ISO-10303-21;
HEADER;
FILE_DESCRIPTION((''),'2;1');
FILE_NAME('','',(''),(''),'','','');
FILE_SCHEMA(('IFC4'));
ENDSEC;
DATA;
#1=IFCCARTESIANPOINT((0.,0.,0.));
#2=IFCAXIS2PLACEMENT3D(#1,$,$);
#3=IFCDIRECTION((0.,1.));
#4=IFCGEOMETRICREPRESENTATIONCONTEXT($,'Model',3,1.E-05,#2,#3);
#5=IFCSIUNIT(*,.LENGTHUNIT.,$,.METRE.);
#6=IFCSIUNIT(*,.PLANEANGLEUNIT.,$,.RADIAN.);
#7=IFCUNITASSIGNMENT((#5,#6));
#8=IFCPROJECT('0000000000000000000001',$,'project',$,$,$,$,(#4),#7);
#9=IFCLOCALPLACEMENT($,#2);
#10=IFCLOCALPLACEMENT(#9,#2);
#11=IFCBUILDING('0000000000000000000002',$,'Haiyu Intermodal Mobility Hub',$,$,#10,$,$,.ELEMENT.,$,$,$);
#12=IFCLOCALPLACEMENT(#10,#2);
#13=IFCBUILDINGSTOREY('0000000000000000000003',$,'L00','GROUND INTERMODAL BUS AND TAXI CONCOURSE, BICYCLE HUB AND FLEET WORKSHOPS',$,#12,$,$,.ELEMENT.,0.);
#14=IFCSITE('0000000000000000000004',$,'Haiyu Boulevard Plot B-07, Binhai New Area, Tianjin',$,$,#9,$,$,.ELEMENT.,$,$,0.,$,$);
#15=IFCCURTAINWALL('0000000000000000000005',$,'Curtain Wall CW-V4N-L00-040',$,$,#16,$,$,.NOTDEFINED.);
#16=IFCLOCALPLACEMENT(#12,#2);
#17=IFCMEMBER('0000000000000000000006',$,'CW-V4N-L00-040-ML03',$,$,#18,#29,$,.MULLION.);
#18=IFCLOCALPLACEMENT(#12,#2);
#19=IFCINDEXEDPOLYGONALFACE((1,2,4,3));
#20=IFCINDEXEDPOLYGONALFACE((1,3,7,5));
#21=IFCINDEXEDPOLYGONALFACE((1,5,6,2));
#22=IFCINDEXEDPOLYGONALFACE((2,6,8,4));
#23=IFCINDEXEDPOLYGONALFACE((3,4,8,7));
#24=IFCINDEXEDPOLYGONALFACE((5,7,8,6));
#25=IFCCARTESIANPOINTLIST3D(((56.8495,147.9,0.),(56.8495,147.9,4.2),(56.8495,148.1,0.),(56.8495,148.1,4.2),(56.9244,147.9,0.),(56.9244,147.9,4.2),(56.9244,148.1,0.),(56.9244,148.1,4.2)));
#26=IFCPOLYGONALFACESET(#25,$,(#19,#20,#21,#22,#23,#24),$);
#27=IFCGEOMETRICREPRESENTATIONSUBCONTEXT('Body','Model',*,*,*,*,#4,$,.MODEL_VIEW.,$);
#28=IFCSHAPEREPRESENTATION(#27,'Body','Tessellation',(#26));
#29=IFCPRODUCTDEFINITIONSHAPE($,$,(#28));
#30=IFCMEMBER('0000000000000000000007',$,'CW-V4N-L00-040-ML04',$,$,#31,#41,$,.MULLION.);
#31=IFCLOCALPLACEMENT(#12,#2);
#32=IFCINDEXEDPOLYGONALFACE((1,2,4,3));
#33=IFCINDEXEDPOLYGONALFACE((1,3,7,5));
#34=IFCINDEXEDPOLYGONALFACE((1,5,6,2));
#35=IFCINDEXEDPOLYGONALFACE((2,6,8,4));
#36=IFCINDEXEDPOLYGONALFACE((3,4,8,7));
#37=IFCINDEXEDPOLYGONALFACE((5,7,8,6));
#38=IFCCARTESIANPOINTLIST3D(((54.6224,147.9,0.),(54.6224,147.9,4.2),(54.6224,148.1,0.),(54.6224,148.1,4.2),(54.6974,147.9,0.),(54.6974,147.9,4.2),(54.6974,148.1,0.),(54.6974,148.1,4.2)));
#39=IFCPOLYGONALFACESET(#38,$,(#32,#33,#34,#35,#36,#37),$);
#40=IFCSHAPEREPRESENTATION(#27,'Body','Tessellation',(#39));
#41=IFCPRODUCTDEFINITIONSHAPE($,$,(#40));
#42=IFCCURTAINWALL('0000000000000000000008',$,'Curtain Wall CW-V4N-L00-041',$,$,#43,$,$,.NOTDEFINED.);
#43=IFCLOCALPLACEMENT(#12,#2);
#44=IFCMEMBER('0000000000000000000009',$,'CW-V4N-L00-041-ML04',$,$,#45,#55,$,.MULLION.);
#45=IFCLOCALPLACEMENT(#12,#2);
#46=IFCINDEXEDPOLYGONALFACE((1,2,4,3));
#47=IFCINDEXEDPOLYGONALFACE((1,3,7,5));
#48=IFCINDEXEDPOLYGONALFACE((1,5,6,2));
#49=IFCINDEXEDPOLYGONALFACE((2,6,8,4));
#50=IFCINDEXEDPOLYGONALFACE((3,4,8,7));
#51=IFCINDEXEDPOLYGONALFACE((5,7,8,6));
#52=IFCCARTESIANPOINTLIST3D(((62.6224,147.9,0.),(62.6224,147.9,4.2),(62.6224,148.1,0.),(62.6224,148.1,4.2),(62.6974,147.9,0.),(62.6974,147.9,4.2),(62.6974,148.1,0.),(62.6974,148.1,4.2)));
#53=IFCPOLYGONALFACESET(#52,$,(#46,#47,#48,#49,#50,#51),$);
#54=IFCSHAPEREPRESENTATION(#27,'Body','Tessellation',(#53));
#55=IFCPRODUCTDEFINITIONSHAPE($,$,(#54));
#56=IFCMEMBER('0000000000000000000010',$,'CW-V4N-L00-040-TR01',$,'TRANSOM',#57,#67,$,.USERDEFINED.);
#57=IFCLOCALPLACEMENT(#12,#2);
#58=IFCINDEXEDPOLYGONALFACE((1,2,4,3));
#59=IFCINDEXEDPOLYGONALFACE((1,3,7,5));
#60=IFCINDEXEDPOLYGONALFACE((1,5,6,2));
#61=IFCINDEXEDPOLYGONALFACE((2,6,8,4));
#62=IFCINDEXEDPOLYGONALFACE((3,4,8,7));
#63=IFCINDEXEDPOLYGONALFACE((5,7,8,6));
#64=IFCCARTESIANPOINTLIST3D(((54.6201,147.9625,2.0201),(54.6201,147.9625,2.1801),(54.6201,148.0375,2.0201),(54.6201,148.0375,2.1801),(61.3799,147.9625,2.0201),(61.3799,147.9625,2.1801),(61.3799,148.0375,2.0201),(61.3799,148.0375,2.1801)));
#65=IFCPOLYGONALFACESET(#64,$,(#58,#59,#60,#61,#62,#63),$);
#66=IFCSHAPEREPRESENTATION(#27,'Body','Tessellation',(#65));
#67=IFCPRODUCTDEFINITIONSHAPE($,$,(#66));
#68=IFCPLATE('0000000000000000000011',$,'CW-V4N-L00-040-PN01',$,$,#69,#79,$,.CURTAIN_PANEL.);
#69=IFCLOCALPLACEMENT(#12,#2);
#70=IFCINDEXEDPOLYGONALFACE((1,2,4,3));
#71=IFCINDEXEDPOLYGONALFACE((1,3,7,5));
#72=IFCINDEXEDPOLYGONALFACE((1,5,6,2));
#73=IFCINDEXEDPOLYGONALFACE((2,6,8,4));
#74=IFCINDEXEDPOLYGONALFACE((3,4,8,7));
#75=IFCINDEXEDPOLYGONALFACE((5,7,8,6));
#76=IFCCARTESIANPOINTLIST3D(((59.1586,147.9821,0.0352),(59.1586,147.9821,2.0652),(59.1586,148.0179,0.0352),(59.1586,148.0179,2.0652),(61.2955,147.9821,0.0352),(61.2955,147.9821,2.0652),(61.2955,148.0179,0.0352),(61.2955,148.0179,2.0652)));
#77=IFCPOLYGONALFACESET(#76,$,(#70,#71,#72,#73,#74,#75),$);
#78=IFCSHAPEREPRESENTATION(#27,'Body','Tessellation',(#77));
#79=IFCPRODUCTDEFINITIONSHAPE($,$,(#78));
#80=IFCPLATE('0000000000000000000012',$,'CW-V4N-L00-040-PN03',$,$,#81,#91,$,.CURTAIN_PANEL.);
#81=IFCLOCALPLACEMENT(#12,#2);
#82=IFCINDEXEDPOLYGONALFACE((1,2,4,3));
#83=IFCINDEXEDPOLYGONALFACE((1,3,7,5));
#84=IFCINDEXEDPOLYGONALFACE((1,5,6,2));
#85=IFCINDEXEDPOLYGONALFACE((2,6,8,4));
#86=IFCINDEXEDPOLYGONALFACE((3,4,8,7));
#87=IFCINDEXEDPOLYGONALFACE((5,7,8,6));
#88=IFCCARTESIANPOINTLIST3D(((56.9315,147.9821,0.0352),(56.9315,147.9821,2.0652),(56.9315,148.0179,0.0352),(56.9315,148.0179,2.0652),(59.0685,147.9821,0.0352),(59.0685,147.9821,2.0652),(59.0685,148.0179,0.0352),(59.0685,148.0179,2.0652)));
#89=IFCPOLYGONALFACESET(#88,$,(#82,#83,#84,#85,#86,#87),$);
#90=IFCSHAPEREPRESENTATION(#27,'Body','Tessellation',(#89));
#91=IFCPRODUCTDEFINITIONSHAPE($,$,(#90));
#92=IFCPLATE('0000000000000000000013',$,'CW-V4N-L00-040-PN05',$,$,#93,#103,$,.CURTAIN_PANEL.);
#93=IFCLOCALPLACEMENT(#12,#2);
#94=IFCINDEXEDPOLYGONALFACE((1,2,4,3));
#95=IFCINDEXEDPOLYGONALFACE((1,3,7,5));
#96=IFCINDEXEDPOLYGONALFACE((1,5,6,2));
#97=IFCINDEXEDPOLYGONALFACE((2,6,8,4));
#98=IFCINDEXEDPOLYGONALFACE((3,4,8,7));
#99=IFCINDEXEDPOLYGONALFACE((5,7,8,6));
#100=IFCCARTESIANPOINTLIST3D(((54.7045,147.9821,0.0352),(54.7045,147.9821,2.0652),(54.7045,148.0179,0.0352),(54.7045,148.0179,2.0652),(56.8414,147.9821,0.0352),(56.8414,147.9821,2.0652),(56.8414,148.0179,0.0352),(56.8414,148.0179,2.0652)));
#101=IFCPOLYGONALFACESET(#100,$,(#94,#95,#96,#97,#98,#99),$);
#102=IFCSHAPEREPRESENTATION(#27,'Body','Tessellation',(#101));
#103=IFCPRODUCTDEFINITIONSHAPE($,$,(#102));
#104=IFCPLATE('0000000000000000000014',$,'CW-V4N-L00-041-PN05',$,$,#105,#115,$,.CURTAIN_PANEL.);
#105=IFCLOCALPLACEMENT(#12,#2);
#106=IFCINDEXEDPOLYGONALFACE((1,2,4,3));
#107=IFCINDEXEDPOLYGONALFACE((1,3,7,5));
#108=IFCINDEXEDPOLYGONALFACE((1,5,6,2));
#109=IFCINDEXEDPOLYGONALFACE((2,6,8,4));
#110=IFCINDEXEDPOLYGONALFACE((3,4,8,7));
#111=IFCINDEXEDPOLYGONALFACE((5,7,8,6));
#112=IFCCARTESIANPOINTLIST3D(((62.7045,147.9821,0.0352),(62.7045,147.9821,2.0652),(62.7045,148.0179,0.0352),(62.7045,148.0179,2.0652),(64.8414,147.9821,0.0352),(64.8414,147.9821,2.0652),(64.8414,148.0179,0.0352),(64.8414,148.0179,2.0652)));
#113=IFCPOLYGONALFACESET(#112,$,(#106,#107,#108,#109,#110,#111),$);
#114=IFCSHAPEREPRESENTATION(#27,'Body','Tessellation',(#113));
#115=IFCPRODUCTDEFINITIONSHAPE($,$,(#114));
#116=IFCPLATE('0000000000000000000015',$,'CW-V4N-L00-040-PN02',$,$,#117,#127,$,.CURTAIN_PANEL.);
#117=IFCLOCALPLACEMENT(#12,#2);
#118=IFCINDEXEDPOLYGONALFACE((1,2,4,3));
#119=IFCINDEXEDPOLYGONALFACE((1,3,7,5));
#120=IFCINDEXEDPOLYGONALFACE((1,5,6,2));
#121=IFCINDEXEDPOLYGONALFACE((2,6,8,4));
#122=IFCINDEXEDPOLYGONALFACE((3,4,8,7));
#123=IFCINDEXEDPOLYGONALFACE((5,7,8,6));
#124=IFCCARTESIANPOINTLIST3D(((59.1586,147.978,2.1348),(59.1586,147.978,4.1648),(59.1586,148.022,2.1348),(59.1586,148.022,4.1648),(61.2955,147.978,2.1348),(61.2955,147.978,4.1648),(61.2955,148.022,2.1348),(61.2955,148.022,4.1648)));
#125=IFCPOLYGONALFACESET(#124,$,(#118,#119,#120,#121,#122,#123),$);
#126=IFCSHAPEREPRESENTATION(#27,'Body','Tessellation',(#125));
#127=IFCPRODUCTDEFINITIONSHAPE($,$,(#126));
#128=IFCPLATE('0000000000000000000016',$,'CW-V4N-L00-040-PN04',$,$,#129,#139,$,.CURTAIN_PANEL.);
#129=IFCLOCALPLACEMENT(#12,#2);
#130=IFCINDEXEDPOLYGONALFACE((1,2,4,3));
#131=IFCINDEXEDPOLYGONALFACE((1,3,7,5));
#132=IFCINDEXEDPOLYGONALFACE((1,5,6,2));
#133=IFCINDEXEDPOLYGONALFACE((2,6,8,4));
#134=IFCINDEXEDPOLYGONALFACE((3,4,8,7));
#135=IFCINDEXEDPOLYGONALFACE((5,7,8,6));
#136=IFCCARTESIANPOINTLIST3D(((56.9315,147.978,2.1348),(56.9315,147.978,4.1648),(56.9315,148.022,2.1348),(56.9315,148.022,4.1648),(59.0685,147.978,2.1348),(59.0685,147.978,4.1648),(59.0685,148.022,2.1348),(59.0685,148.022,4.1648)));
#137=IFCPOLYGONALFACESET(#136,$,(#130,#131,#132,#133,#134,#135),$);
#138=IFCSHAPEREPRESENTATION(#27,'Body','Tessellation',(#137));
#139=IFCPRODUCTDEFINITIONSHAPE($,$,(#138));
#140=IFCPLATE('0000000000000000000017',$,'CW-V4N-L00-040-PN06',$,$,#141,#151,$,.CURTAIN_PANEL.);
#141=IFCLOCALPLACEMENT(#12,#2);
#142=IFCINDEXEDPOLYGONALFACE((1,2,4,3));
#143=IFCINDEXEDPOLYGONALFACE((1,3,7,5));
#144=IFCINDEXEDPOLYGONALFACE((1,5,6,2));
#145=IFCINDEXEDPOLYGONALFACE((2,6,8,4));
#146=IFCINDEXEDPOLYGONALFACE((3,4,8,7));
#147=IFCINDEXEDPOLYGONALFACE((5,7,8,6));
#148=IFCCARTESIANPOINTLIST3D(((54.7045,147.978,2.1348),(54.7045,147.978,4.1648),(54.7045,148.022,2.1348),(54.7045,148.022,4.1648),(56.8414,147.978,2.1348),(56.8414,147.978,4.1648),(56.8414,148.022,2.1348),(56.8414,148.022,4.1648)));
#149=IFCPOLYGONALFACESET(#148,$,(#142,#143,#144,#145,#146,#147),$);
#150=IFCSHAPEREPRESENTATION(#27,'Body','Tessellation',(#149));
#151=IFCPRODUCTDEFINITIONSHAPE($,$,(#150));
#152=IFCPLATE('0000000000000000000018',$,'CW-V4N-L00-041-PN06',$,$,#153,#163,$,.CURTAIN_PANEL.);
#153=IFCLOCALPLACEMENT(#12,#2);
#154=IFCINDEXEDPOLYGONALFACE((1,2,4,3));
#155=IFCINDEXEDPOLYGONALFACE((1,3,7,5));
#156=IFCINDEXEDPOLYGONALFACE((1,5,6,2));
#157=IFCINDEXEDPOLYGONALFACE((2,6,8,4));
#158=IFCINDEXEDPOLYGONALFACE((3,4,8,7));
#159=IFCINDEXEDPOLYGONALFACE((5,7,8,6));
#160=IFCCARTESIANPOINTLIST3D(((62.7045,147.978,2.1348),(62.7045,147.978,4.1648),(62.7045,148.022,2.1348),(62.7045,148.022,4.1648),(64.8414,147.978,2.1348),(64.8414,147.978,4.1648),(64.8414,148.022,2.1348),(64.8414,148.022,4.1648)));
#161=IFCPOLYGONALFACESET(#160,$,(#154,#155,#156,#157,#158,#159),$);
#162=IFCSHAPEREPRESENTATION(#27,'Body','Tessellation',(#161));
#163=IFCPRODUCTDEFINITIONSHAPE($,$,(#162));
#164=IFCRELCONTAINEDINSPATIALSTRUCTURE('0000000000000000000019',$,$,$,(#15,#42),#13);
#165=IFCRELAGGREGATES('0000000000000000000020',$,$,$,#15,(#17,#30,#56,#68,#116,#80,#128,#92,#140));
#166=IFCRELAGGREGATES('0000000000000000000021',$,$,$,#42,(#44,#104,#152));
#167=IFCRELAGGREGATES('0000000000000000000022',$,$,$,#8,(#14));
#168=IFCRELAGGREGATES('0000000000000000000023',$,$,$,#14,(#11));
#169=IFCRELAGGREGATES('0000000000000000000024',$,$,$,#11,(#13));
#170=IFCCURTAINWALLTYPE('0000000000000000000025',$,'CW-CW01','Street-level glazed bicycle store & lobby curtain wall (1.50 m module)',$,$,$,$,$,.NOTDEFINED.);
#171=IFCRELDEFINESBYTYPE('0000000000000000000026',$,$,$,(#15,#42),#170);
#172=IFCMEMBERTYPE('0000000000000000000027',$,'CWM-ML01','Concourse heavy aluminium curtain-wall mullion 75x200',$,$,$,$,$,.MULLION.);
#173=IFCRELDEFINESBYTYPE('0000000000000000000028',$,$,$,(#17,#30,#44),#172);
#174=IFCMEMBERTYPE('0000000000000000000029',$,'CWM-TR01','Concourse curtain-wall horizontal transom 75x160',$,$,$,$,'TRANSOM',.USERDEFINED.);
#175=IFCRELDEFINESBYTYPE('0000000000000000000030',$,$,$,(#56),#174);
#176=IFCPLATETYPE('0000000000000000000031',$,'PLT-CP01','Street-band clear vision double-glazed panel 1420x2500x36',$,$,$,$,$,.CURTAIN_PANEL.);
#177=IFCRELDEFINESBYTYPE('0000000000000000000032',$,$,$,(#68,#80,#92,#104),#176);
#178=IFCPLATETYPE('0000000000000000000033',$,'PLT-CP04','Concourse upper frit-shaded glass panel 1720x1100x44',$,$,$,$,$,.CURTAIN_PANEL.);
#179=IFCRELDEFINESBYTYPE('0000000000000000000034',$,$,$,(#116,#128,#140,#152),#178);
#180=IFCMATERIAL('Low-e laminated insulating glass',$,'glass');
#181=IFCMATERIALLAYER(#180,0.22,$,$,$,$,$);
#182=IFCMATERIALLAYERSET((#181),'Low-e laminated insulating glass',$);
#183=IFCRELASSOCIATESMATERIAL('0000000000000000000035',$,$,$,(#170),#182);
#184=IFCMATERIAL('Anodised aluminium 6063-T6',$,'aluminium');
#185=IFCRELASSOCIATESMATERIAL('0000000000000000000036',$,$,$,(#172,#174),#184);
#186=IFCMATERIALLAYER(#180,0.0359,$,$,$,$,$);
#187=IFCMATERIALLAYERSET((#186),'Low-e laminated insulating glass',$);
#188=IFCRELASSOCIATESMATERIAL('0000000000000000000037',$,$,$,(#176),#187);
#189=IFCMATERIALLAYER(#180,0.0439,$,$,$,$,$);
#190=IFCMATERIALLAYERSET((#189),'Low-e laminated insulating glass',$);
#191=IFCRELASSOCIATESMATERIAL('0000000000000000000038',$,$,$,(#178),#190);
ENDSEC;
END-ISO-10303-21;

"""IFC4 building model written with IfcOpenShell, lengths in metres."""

from ifc_helpers import new_model, si_unit, direction, frame, origin, origin_2d, place, context, subcontext, project, spatial, rectangle, extrude, material, layer, layer_set, material_profile, profile_set, type_object, element, aggregate, save


model = new_model("IFC4")

# Units and contexts
model_context = context("Model", 3, precision=1e-05, world=origin(), true_north=direction((0.0, 1.0)))
body_context = subcontext(model_context, "Body", "Model", "MODEL_VIEW")
ifc_project = project(units=[si_unit("LENGTHUNIT", "METRE"), si_unit("PLANEANGLEUNIT", "RADIAN")], contexts=[model_context])

# Site, building, storey
site_placement = place(None, origin())
site = spatial("IfcSite", under=ifc_project, at=site_placement, Name="Haiyu Boulevard Plot B-07, Binhai New Area, Tianjin", CompositionType="ELEMENT", RefElevation=0.0)
building_placement = place(site_placement, origin())
building = spatial("IfcBuilding", under=site, at=building_placement, Name="Haiyu Intermodal Mobility Hub", CompositionType="ELEMENT")
storey_placement = place(building_placement, origin())
storey = spatial("IfcBuildingStorey", under=building, at=storey_placement, Name="L00", Description="GROUND INTERMODAL BUS AND TAXI CONCOURSE, BICYCLE HUB AND FLEET WORKSHOPS", CompositionType="ELEMENT", Elevation=0.0)

# Curtain wall, members
ifc_material_1 = material(Name="Low-e laminated insulating glass", Category="glass")
ifc_layer_1 = layer(ifc_material_1, 0.22)
ifc_layer_set_1 = layer_set([ifc_layer_1], Name="Low-e laminated insulating glass")
curtain_wall_type = type_object("IfcCurtainWallType", Name="CW-CW01", Description="Street-level glazed bicycle store & lobby curtain wall (1.50 m module)", PredefinedType="NOTDEFINED", material=ifc_layer_set_1)
curtain_wall_1_placement = place(storey_placement, origin())
curtain_wall_1 = element("IfcCurtainWall", 1, at=curtain_wall_1_placement, inside=storey, type_object=curtain_wall_type, Name="Curtain Wall CW-V4N-L00-040", PredefinedType="NOTDEFINED")
ifc_material_2 = material(Name="Anodised aluminium 6063-T6", Category="aluminium")
ifc_material_profile_1 = material_profile(ifc_material_2, rectangle(XDim=0.075, YDim=0.2, at=origin_2d()), Name="ALU75x200")
ifc_profile_set_1 = profile_set([ifc_material_profile_1], Name="Anodised aluminium 6063-T6")
member_type_1 = type_object("IfcMemberType", Name="CWM-ML01", Description="Concourse heavy aluminium curtain-wall mullion 75x200", PredefinedType="MULLION", material=ifc_profile_set_1)
member_1_placement = place(storey_placement, frame((56.887, 148.0, 0.0), z_axis=(0.0, 0.0, 1.0), x_axis=(1.0, 0.0, 0.0)))
member_1 = element("IfcMember", 2, at=member_1_placement, type_object=member_type_1, Name="CW-V4N-L00-040-ML03", PredefinedType="MULLION", context=body_context, shape_type="SweptSolid", body=[
    extrude(rectangle(XDim=0.075, YDim=0.2, at=origin_2d()), origin(), (0.0, 0.0, 1.0), 4.2),
])
member_2_placement = place(storey_placement, frame((54.6599, 148.0, 0.0), z_axis=(0.0, 0.0, 1.0), x_axis=(1.0, 0.0, 0.0)))
member_2 = element("IfcMember", 3, at=member_2_placement, type_object=member_type_1, Name="CW-V4N-L00-040-ML04", PredefinedType="MULLION", context=body_context, shape_type="SweptSolid", body=[
    extrude(rectangle(XDim=0.075, YDim=0.2, at=origin_2d()), origin(), (0.0, 0.0, 1.0), 4.2),
])

# Curtain wall, member
curtain_wall_2_placement = place(storey_placement, origin())
curtain_wall_2 = element("IfcCurtainWall", 4, at=curtain_wall_2_placement, inside=storey, type_object=curtain_wall_type, Name="Curtain Wall CW-V4N-L00-041", PredefinedType="NOTDEFINED")
member_3_placement = place(storey_placement, frame((62.6599, 148.0, 0.0), z_axis=(0.0, 0.0, 1.0), x_axis=(1.0, 0.0, 0.0)))
member_3 = element("IfcMember", 5, at=member_3_placement, type_object=member_type_1, Name="CW-V4N-L00-041-ML04", PredefinedType="MULLION", context=body_context, shape_type="SweptSolid", body=[
    extrude(rectangle(XDim=0.075, YDim=0.2, at=origin_2d()), origin(), (0.0, 0.0, 1.0), 4.2),
])

# Member
ifc_material_profile_2 = material_profile(ifc_material_2, rectangle(XDim=0.075, YDim=0.1599, at=origin_2d()), Name="ALU75x160")
ifc_profile_set_2 = profile_set([ifc_material_profile_2], Name="Anodised aluminium 6063-T6")
member_type_2 = type_object("IfcMemberType", Name="CWM-TR01", Description="Concourse curtain-wall horizontal transom 75x160", ElementType="TRANSOM", PredefinedType="USERDEFINED", material=ifc_profile_set_2)
member_4_placement = place(storey_placement, frame((61.3799, 148.0, 2.1001), z_axis=(-1.0, 0.0, 0.0), x_axis=(0.0, -1.0, 0.0)))
member_4 = element("IfcMember", 6, at=member_4_placement, type_object=member_type_2, Name="CW-V4N-L00-040-TR01", ObjectType="TRANSOM", PredefinedType="USERDEFINED", context=body_context, shape_type="SweptSolid", body=[
    extrude(rectangle(XDim=0.075, YDim=0.1599, at=origin_2d()), origin(), (0.0, 0.0, 1.0), 6.7598),
])

# Plates
ifc_layer_2 = layer(ifc_material_1, 0.0359)
ifc_layer_set_2 = layer_set([ifc_layer_2], Name="Low-e laminated insulating glass")
plate_type_1 = type_object("IfcPlateType", Name="PLT-CP01", Description="Street-band clear vision double-glazed panel 1420x2500x36", PredefinedType="CURTAIN_PANEL", material=ifc_layer_set_2)
plate_1_placement = place(storey_placement, frame((60.2271, 148.0, 0.0352), z_axis=(0.0, 0.0, 1.0), x_axis=(-1.0, 0.0, 0.0)))
plate_1 = element("IfcPlate", 7, at=plate_1_placement, type_object=plate_type_1, Name="CW-V4N-L00-040-PN01", PredefinedType="CURTAIN_PANEL", context=body_context, shape_type="SweptSolid", body=[
    extrude(rectangle(XDim=2.137, YDim=0.0359, at=origin_2d()), origin(), (0.0, 0.0, 1.0), 2.03),
])
plate_2_placement = place(storey_placement, frame((58.0, 148.0, 0.0352), z_axis=(0.0, 0.0, 1.0), x_axis=(-1.0, 0.0, 0.0)))
plate_2 = element("IfcPlate", 8, at=plate_2_placement, type_object=plate_type_1, Name="CW-V4N-L00-040-PN03", PredefinedType="CURTAIN_PANEL", context=body_context, shape_type="SweptSolid", body=[
    extrude(rectangle(XDim=2.137, YDim=0.0359, at=origin_2d()), origin(), (0.0, 0.0, 1.0), 2.03),
])
plate_3_placement = place(storey_placement, frame((55.7729, 148.0, 0.0352), z_axis=(0.0, 0.0, 1.0), x_axis=(-1.0, 0.0, 0.0)))
plate_3 = element("IfcPlate", 9, at=plate_3_placement, type_object=plate_type_1, Name="CW-V4N-L00-040-PN05", PredefinedType="CURTAIN_PANEL", context=body_context, shape_type="SweptSolid", body=[
    extrude(rectangle(XDim=2.137, YDim=0.0359, at=origin_2d()), origin(), (0.0, 0.0, 1.0), 2.03),
])
plate_4_placement = place(storey_placement, frame((63.7729, 148.0, 0.0352), z_axis=(0.0, 0.0, 1.0), x_axis=(-1.0, 0.0, 0.0)))
plate_4 = element("IfcPlate", 10, at=plate_4_placement, type_object=plate_type_1, Name="CW-V4N-L00-041-PN05", PredefinedType="CURTAIN_PANEL", context=body_context, shape_type="SweptSolid", body=[
    extrude(rectangle(XDim=2.137, YDim=0.0359, at=origin_2d()), origin(), (0.0, 0.0, 1.0), 2.03),
])
ifc_layer_3 = layer(ifc_material_1, 0.0439)
ifc_layer_set_3 = layer_set([ifc_layer_3], Name="Low-e laminated insulating glass")
plate_type_2 = type_object("IfcPlateType", Name="PLT-CP04", Description="Concourse upper frit-shaded glass panel 1720x1100x44", PredefinedType="CURTAIN_PANEL", material=ifc_layer_set_3)
plate_5_placement = place(storey_placement, frame((60.2271, 148.0, 2.1348), z_axis=(0.0, 0.0, 1.0), x_axis=(-1.0, 0.0, 0.0)))
plate_5 = element("IfcPlate", 11, at=plate_5_placement, type_object=plate_type_2, Name="CW-V4N-L00-040-PN02", PredefinedType="CURTAIN_PANEL", context=body_context, shape_type="SweptSolid", body=[
    extrude(rectangle(XDim=2.137, YDim=0.0439, at=origin_2d()), origin(), (0.0, 0.0, 1.0), 2.03),
])
plate_6_placement = place(storey_placement, frame((58.0, 148.0, 2.1348), z_axis=(0.0, 0.0, 1.0), x_axis=(-1.0, 0.0, 0.0)))
plate_6 = element("IfcPlate", 12, at=plate_6_placement, type_object=plate_type_2, Name="CW-V4N-L00-040-PN04", PredefinedType="CURTAIN_PANEL", context=body_context, shape_type="SweptSolid", body=[
    extrude(rectangle(XDim=2.137, YDim=0.0439, at=origin_2d()), origin(), (0.0, 0.0, 1.0), 2.03),
])
plate_7_placement = place(storey_placement, frame((55.7729, 148.0, 2.1348), z_axis=(0.0, 0.0, 1.0), x_axis=(-1.0, 0.0, 0.0)))
plate_7 = element("IfcPlate", 13, at=plate_7_placement, type_object=plate_type_2, Name="CW-V4N-L00-040-PN06", PredefinedType="CURTAIN_PANEL", context=body_context, shape_type="SweptSolid", body=[
    extrude(rectangle(XDim=2.137, YDim=0.0439, at=origin_2d()), origin(), (0.0, 0.0, 1.0), 2.03),
])
aggregate(curtain_wall_1, [member_1, member_2, member_4, plate_1, plate_5, plate_2, plate_6, plate_3, plate_7])
plate_8_placement = place(storey_placement, frame((63.7729, 148.0, 2.1348), z_axis=(0.0, 0.0, 1.0), x_axis=(-1.0, 0.0, 0.0)))
plate_8 = element("IfcPlate", 14, at=plate_8_placement, type_object=plate_type_2, Name="CW-V4N-L00-041-PN06", PredefinedType="CURTAIN_PANEL", context=body_context, shape_type="SweptSolid", body=[
    extrude(rectangle(XDim=2.137, YDim=0.0439, at=origin_2d()), origin(), (0.0, 0.0, 1.0), 2.03),
])
aggregate(curtain_wall_2, [member_3, plate_4, plate_8])

save(model, "model.ifc")
